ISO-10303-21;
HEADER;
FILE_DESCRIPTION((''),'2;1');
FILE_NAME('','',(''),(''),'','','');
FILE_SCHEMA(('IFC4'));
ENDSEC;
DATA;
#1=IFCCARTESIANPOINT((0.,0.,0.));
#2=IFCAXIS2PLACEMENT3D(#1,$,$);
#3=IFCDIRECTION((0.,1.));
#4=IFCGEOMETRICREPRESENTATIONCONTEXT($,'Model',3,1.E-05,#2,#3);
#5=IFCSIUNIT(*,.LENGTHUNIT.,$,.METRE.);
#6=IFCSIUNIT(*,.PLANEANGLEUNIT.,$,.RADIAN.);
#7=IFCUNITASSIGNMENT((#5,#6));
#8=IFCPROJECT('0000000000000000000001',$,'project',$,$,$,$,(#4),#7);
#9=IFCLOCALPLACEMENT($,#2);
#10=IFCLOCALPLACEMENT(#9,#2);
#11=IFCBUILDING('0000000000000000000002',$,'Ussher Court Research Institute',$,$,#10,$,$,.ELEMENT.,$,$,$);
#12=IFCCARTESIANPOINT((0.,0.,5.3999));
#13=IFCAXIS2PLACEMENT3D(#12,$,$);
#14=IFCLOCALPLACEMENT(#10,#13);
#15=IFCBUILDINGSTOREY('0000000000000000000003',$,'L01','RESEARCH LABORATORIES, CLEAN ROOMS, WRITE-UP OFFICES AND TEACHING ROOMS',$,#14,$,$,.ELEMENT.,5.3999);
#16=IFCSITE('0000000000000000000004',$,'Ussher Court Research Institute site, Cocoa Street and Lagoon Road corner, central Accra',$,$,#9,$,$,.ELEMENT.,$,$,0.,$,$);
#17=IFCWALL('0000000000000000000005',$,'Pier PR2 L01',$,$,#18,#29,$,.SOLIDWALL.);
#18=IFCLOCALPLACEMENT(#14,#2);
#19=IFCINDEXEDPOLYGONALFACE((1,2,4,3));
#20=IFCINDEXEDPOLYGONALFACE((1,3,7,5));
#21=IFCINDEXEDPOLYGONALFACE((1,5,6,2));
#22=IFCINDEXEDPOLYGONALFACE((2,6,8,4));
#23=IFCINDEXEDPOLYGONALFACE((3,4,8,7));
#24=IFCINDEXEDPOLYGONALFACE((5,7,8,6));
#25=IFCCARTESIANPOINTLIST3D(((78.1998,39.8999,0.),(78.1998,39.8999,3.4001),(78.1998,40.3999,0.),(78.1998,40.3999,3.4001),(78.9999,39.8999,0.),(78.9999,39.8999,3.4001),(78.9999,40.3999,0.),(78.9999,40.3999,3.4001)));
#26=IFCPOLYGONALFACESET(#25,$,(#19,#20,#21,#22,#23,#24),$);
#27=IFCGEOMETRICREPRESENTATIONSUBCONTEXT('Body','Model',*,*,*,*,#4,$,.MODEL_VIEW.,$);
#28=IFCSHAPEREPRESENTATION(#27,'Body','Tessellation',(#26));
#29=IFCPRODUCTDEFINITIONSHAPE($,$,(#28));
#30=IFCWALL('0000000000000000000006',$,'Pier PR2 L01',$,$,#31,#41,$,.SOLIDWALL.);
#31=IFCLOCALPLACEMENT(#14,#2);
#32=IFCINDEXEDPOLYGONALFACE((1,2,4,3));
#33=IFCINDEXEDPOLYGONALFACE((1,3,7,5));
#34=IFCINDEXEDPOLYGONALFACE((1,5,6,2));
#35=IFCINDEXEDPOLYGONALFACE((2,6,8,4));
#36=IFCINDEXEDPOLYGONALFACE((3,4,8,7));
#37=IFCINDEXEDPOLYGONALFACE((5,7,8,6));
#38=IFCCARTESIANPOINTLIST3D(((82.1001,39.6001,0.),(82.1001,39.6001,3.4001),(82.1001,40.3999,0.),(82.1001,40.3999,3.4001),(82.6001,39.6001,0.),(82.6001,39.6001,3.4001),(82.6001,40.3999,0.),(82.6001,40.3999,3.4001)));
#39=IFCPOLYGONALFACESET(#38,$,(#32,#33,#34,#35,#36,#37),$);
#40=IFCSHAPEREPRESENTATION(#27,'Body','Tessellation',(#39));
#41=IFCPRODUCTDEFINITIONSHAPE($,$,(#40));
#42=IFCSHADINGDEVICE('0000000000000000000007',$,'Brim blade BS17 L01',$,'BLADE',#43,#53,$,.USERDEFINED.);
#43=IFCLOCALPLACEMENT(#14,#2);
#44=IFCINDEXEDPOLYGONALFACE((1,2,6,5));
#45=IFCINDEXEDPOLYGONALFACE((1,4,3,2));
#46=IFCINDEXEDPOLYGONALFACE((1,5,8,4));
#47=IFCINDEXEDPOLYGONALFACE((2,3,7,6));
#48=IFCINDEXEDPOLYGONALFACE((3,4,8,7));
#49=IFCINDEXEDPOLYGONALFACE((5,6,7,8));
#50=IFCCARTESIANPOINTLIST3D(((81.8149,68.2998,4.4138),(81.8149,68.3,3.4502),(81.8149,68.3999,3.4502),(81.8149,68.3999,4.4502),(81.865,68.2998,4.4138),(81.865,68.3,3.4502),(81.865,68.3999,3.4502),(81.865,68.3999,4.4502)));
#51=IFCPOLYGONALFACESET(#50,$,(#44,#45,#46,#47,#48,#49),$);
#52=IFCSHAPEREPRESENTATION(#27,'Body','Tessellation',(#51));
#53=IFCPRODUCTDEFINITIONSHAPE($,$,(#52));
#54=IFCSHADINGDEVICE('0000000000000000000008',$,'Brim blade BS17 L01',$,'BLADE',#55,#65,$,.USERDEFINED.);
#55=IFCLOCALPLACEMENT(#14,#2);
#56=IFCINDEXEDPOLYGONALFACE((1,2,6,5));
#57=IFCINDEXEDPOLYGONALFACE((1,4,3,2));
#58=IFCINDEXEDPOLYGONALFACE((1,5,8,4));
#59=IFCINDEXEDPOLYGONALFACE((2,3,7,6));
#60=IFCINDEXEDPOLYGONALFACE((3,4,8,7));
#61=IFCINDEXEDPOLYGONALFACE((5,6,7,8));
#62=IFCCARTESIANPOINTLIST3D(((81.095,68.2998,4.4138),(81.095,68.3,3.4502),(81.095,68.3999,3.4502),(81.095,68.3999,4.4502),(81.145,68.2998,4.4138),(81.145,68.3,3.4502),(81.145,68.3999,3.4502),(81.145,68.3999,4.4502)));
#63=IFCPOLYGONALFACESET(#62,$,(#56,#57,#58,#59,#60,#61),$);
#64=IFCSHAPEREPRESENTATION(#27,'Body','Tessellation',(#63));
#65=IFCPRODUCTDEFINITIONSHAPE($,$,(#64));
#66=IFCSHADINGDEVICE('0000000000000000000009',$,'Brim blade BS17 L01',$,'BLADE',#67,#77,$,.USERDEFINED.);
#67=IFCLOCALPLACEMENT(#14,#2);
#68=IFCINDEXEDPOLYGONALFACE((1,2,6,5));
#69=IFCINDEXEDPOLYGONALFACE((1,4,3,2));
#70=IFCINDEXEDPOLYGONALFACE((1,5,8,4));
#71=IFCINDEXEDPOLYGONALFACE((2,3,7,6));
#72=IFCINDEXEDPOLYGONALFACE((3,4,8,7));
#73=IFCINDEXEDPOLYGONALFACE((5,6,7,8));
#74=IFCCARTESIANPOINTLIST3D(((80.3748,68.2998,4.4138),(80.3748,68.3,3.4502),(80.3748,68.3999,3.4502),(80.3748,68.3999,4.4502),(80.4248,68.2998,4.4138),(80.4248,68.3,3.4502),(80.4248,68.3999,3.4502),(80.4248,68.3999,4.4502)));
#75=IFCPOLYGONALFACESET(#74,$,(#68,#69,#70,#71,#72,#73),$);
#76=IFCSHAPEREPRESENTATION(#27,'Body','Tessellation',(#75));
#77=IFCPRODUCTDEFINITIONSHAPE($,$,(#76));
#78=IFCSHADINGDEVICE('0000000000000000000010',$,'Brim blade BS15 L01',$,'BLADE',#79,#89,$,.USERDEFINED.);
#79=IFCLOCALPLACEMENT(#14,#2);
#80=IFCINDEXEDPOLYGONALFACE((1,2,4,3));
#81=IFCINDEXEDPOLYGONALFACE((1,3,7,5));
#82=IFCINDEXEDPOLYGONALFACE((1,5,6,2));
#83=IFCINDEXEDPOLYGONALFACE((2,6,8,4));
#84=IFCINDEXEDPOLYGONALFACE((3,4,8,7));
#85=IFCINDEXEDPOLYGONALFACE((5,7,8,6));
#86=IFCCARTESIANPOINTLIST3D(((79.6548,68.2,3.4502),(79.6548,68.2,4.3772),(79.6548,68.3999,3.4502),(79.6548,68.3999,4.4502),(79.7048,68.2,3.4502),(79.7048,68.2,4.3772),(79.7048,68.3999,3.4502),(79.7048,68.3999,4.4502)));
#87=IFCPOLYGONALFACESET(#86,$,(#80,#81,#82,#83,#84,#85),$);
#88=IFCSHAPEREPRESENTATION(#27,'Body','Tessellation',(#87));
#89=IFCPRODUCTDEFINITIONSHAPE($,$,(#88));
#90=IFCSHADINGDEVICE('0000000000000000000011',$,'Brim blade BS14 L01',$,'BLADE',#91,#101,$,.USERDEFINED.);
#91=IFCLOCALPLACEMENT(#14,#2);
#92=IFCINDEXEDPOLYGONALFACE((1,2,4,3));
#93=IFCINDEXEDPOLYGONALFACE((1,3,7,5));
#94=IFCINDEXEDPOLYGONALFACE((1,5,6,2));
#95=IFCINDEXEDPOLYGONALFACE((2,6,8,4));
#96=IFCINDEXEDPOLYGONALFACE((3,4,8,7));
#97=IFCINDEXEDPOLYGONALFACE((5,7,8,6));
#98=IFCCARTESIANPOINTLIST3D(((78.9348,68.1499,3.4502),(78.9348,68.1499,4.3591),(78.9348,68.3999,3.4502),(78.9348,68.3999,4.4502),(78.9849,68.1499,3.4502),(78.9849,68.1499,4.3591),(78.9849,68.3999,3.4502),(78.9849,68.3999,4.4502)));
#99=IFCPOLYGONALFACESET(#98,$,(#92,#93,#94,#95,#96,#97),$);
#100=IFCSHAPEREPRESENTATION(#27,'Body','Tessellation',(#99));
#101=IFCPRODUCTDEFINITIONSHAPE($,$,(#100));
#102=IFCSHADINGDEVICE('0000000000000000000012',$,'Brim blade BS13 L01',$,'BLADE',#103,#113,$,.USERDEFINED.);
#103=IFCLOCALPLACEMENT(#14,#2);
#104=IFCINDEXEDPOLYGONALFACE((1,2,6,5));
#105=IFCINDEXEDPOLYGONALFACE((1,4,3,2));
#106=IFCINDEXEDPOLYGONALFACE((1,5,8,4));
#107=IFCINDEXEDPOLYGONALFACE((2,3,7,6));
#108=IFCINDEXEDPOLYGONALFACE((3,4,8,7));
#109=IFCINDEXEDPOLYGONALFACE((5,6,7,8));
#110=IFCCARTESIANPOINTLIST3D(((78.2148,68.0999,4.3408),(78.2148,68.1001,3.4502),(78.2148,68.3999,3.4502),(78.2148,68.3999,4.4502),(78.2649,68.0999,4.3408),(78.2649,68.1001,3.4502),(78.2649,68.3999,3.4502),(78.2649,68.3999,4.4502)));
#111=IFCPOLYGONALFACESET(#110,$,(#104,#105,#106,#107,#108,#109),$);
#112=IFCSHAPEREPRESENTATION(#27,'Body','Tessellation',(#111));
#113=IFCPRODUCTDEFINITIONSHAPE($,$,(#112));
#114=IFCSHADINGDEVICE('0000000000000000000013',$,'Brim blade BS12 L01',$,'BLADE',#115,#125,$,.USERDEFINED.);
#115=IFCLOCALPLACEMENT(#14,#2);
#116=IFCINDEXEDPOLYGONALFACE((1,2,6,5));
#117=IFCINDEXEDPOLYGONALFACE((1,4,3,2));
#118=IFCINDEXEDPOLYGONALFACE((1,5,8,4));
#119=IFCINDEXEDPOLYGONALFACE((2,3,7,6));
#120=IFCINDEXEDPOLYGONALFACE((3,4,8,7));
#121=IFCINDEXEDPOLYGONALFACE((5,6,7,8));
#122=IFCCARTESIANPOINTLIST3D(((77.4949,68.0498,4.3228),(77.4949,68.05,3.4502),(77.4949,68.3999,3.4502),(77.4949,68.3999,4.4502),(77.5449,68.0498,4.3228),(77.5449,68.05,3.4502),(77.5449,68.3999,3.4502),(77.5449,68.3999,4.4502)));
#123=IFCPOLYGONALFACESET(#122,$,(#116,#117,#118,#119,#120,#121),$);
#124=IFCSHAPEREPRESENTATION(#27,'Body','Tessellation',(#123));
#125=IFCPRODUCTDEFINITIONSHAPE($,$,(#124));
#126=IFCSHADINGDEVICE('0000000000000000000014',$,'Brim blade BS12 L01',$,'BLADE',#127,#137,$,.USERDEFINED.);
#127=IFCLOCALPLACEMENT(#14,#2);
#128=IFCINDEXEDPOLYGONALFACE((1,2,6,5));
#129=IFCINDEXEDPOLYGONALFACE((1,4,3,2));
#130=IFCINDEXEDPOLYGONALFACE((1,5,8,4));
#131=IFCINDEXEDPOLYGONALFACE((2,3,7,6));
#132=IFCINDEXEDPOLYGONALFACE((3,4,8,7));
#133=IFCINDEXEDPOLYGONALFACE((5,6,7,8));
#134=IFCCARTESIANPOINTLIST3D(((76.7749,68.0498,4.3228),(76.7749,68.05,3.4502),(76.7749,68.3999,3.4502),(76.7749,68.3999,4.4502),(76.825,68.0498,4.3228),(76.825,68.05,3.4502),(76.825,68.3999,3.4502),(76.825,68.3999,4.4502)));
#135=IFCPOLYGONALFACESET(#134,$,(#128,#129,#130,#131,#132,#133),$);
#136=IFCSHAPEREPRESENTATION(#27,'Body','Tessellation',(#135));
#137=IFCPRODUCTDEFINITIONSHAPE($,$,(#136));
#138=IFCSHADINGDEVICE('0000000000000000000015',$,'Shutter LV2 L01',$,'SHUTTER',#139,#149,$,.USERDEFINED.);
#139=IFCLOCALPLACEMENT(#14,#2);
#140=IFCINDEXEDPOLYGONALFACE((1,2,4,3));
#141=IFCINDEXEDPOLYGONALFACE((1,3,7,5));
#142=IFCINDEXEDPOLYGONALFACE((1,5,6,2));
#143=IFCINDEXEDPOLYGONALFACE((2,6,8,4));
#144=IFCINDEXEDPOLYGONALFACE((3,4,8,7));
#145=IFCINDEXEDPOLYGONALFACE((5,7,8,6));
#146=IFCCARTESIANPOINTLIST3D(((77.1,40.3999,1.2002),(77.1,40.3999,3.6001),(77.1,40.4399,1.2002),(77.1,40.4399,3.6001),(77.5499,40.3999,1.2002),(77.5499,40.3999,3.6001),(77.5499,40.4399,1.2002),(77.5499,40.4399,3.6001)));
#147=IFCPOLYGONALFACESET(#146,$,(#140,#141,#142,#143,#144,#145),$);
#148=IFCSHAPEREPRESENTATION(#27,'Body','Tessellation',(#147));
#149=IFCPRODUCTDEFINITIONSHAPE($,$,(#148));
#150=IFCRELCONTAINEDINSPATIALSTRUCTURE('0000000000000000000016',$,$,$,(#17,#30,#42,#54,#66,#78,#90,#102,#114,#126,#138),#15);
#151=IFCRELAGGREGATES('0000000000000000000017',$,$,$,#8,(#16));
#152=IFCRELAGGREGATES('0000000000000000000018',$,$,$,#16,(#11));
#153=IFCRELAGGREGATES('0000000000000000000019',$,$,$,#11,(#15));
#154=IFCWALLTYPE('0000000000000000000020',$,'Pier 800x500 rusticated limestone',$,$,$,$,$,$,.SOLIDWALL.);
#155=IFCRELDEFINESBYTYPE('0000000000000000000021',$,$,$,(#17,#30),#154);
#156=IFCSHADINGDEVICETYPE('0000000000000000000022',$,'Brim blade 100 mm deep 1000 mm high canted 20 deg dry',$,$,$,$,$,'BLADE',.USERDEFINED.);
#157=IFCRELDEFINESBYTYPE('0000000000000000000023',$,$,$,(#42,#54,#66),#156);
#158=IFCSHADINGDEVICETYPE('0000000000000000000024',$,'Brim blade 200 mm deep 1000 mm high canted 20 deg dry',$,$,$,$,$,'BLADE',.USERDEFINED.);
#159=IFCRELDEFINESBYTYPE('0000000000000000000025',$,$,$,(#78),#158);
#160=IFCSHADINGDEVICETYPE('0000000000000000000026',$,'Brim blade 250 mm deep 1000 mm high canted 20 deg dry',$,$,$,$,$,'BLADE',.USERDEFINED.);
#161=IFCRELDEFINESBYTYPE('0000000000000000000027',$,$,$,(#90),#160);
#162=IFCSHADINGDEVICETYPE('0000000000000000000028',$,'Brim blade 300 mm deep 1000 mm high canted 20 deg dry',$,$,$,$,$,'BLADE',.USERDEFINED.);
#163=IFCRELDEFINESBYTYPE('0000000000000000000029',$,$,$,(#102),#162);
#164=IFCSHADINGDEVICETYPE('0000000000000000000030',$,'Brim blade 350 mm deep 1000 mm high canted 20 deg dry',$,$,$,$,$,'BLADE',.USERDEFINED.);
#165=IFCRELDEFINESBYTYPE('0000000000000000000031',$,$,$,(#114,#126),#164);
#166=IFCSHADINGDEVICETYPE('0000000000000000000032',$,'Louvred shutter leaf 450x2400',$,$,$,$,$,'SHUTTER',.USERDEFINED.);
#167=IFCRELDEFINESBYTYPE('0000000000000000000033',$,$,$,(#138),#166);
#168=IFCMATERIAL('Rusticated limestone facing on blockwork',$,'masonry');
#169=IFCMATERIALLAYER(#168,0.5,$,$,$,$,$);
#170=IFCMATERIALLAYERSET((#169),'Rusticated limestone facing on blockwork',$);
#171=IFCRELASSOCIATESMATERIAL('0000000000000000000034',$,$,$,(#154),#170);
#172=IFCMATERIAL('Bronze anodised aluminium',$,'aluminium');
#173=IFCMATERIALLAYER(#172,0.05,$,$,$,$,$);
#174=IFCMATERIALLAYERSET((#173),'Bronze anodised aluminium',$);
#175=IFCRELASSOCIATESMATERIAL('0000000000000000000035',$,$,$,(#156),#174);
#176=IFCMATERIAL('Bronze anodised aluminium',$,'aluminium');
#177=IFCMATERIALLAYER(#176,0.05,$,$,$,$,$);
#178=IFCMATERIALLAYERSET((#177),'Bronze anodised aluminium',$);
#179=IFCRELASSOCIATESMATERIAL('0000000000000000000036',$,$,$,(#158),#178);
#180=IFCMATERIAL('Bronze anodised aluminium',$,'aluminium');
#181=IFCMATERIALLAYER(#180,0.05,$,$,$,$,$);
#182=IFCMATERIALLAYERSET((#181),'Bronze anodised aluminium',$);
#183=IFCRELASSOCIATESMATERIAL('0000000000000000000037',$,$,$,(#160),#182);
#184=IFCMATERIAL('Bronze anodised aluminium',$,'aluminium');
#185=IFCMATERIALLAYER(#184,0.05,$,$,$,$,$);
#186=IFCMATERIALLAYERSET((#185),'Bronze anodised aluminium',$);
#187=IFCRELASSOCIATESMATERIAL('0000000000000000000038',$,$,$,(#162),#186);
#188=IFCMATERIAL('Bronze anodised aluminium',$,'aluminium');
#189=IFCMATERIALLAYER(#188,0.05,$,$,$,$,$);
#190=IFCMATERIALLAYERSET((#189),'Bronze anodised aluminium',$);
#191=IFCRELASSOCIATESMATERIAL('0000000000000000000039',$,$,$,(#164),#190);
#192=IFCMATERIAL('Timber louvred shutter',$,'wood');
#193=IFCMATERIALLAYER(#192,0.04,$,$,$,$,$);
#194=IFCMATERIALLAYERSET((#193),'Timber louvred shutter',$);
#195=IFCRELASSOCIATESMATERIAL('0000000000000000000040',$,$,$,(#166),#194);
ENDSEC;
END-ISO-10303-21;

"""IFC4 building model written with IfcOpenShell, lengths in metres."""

from ifc_helpers import new_model, si_unit, direction, frame, frame_2d, origin, origin_2d, place, context, subcontext, project, spatial, polyline, rectangle, outline, extrude, material, layer, layer_set, type_object, element, save


model = new_model("IFC4")

# Units and contexts
model_context = context("Model", 3, precision=1e-05, world=origin(), true_north=direction((0.0, 1.0)))
body_context = subcontext(model_context, "Body", "Model", "MODEL_VIEW")
ifc_project = project(units=[si_unit("LENGTHUNIT", "METRE"), si_unit("PLANEANGLEUNIT", "RADIAN")], contexts=[model_context])

# Site, building, storey
site_placement = place(None, origin())
site = spatial("IfcSite", under=ifc_project, at=site_placement, Name="Ussher Court Research Institute site, Cocoa Street and Lagoon Road corner, central Accra", CompositionType="ELEMENT", RefElevation=0.0)
building_placement = place(site_placement, origin())
building = spatial("IfcBuilding", under=site, at=building_placement, Name="Ussher Court Research Institute", CompositionType="ELEMENT")
storey_placement = place(building_placement, frame((0.0, 0.0, 5.3999)))
storey = spatial("IfcBuildingStorey", under=building, at=storey_placement, Name="L01", Description="RESEARCH LABORATORIES, CLEAN ROOMS, WRITE-UP OFFICES AND TEACHING ROOMS", CompositionType="ELEMENT", Elevation=5.3999)

# Walls
ifc_material_1 = material(Name="Rusticated limestone facing on blockwork", Category="masonry")
ifc_layer_1 = layer(ifc_material_1, 0.5)
ifc_layer_set_1 = layer_set([ifc_layer_1], Name="Rusticated limestone facing on blockwork")
wall_type_1 = type_object("IfcWallType", Name="Pier 800x500 rusticated limestone", PredefinedType="SOLIDWALL", material=ifc_layer_set_1)
wall_1_placement = place(storey_placement, frame((78.2, 40.1499, 0.0), z_axis=(0.0, 0.0, 1.0), x_axis=(1.0, 0.0, 0.0)))
element("IfcWall", 1, at=wall_1_placement, inside=storey, type_object=wall_type_1, Name="Pier PR2 L01", PredefinedType="SOLIDWALL", context=body_context, shape_type="SweptSolid", body=[
    extrude(rectangle(XDim=0.8, YDim=0.5, at=frame_2d((0.3999, 0.0))), origin(), (0.0, 0.0, 1.0), 3.4001),
])
wall_2_placement = place(storey_placement, frame((82.3501, 40.3999, 0.0), z_axis=(0.0, 0.0, 1.0), x_axis=(0.0, -1.0, 0.0)))
element("IfcWall", 2, at=wall_2_placement, inside=storey, type_object=wall_type_1, Name="Pier PR2 L01", PredefinedType="SOLIDWALL", context=body_context, shape_type="SweptSolid", body=[
    extrude(rectangle(XDim=0.7998, YDim=0.5, at=frame_2d((0.3999, 0.0))), origin(), (0.0, 0.0, 1.0), 3.4001),
])

# Shading devices
ifc_material_2 = material(Name="Bronze anodised aluminium", Category="aluminium")
ifc_layer_2 = layer(ifc_material_2, 0.05)
ifc_layer_set_2 = layer_set([ifc_layer_2], Name="Bronze anodised aluminium")
shading_device_type_1 = type_object("IfcShadingDeviceType", Name="Brim blade 100 mm deep 1000 mm high canted 20 deg dry", ElementType="BLADE", PredefinedType="USERDEFINED", material=ifc_layer_set_2)
for number, where, z_axis, x_axis, name in (
    (3, (81.8401, 68.3999, 3.4502), (0.0, 0.0, 1.0), (0.0, -1.0, 0.0), "Brim blade BS17 L01"),
    (4, (81.1201, 68.3999, 3.4502), (0.0, 0.0, 1.0), (0.0, -1.0, 0.0), "Brim blade BS17 L01"),
    (5, (80.3999, 68.3999, 3.4502), (0.0, 0.0, 1.0), (0.0, -1.0, 0.0), "Brim blade BS17 L01"),
):
    element("IfcShadingDevice", number, at=place(storey_placement, frame(where, z_axis=z_axis, x_axis=x_axis)), inside=storey, type_object=shading_device_type_1, Name=name, ObjectType="BLADE", PredefinedType="USERDEFINED", context=body_context, shape_type="SweptSolid", body=[
        extrude(outline(polyline([(0.0, 0.0), (0.0999, 0.0), (0.1001, 0.9636), (0.0, 1.0), (0.0, 0.0)])), frame((0.0, 0.0249, 0.0), z_axis=(0.0, -1.0, 0.0), x_axis=(1.0, 0.0, 0.0)), (0.0, 0.0, 1.0), 0.05),
    ])
ifc_material_3 = material(Name="Bronze anodised aluminium", Category="aluminium")
ifc_layer_3 = layer(ifc_material_3, 0.05)
ifc_layer_set_3 = layer_set([ifc_layer_3], Name="Bronze anodised aluminium")
shading_device_type_2 = type_object("IfcShadingDeviceType", Name="Brim blade 200 mm deep 1000 mm high canted 20 deg dry", ElementType="BLADE", PredefinedType="USERDEFINED", material=ifc_layer_set_3)
shading_device_1_placement = place(storey_placement, frame((79.6799, 68.3999, 3.4502), z_axis=(0.0, 0.0, 1.0), x_axis=(0.0, -1.0, 0.0)))
element("IfcShadingDevice", 6, at=shading_device_1_placement, inside=storey, type_object=shading_device_type_2, Name="Brim blade BS15 L01", ObjectType="BLADE", PredefinedType="USERDEFINED", context=body_context, shape_type="SweptSolid", body=[
    extrude(outline(polyline([(0.0, 0.0), (0.2, 0.0), (0.2, 0.927), (0.0, 1.0), (0.0, 0.0)])), frame((0.0, 0.0249, 0.0), z_axis=(0.0, -1.0, 0.0), x_axis=(1.0, 0.0, 0.0)), (0.0, 0.0, 1.0), 0.05),
])
ifc_material_4 = material(Name="Bronze anodised aluminium", Category="aluminium")
ifc_layer_4 = layer(ifc_material_4, 0.05)
ifc_layer_set_4 = layer_set([ifc_layer_4], Name="Bronze anodised aluminium")
shading_device_type_3 = type_object("IfcShadingDeviceType", Name="Brim blade 250 mm deep 1000 mm high canted 20 deg dry", ElementType="BLADE", PredefinedType="USERDEFINED", material=ifc_layer_set_4)
shading_device_2_placement = place(storey_placement, frame((78.96, 68.3999, 3.4502), z_axis=(0.0, 0.0, 1.0), x_axis=(0.0, -1.0, 0.0)))
element("IfcShadingDevice", 7, at=shading_device_2_placement, inside=storey, type_object=shading_device_type_3, Name="Brim blade BS14 L01", ObjectType="BLADE", PredefinedType="USERDEFINED", context=body_context, shape_type="SweptSolid", body=[
    extrude(outline(polyline([(0.0, 0.0), (0.25, 0.0), (0.25, 0.9089), (0.0, 1.0), (0.0, 0.0)])), frame((0.0, 0.0249, 0.0), z_axis=(0.0, -1.0, 0.0), x_axis=(1.0, 0.0, 0.0)), (0.0, 0.0, 1.0), 0.05),
])
ifc_material_5 = material(Name="Bronze anodised aluminium", Category="aluminium")
ifc_layer_5 = layer(ifc_material_5, 0.05)
ifc_layer_set_5 = layer_set([ifc_layer_5], Name="Bronze anodised aluminium")
shading_device_type_4 = type_object("IfcShadingDeviceType", Name="Brim blade 300 mm deep 1000 mm high canted 20 deg dry", ElementType="BLADE", PredefinedType="USERDEFINED", material=ifc_layer_set_5)
shading_device_3_placement = place(storey_placement, frame((78.24, 68.3999, 3.4502), z_axis=(0.0, 0.0, 1.0), x_axis=(0.0, -1.0, 0.0)))
element("IfcShadingDevice", 8, at=shading_device_3_placement, inside=storey, type_object=shading_device_type_4, Name="Brim blade BS13 L01", ObjectType="BLADE", PredefinedType="USERDEFINED", context=body_context, shape_type="SweptSolid", body=[
    extrude(outline(polyline([(0.0, 0.0), (0.2998, 0.0), (0.3, 0.8906), (0.0, 1.0), (0.0, 0.0)])), frame((0.0, 0.0249, 0.0), z_axis=(0.0, -1.0, 0.0), x_axis=(1.0, 0.0, 0.0)), (0.0, 0.0, 1.0), 0.05),
])
ifc_material_6 = material(Name="Bronze anodised aluminium", Category="aluminium")
ifc_layer_6 = layer(ifc_material_6, 0.05)
ifc_layer_set_6 = layer_set([ifc_layer_6], Name="Bronze anodised aluminium")
shading_device_type_5 = type_object("IfcShadingDeviceType", Name="Brim blade 350 mm deep 1000 mm high canted 20 deg dry", ElementType="BLADE", PredefinedType="USERDEFINED", material=ifc_layer_set_6)
for number, where, z_axis, x_axis, name in (
    (9, (77.52, 68.3999, 3.4502), (0.0, 0.0, 1.0), (0.0, -1.0, 0.0), "Brim blade BS12 L01"),
    (10, (76.8, 68.3999, 3.4502), (0.0, 0.0, 1.0), (0.0, -1.0, 0.0), "Brim blade BS12 L01"),
):
    element("IfcShadingDevice", number, at=place(storey_placement, frame(where, z_axis=z_axis, x_axis=x_axis)), inside=storey, type_object=shading_device_type_5, Name=name, ObjectType="BLADE", PredefinedType="USERDEFINED", context=body_context, shape_type="SweptSolid", body=[
        extrude(outline(polyline([(0.0, 0.0), (0.3499, 0.0), (0.3501, 0.8726), (0.0, 1.0), (0.0, 0.0)])), frame((0.0, 0.0249, 0.0), z_axis=(0.0, -1.0, 0.0), x_axis=(1.0, 0.0, 0.0)), (0.0, 0.0, 1.0), 0.05),
    ])
ifc_material_7 = material(Name="Timber louvred shutter", Category="wood")
ifc_layer_7 = layer(ifc_material_7, 0.04)
ifc_layer_set_7 = layer_set([ifc_layer_7], Name="Timber louvred shutter")
shading_device_type_6 = type_object("IfcShadingDeviceType", Name="Louvred shutter leaf 450x2400", ElementType="SHUTTER", PredefinedType="USERDEFINED", material=ifc_layer_set_7)
shading_device_4_placement = place(storey_placement, frame((77.325, 40.4199, 1.2002), z_axis=(0.0, 0.0, 1.0), x_axis=(1.0, 0.0, 0.0)))
element("IfcShadingDevice", 11, at=shading_device_4_placement, inside=storey, type_object=shading_device_type_6, Name="Shutter LV2 L01", ObjectType="SHUTTER", PredefinedType="USERDEFINED", context=body_context, shape_type="SweptSolid", body=[
    extrude(rectangle(XDim=0.45, YDim=0.04, at=origin_2d()), origin(), (0.0, 0.0, 1.0), 2.3999),
])

save(model, "model.ifc")
